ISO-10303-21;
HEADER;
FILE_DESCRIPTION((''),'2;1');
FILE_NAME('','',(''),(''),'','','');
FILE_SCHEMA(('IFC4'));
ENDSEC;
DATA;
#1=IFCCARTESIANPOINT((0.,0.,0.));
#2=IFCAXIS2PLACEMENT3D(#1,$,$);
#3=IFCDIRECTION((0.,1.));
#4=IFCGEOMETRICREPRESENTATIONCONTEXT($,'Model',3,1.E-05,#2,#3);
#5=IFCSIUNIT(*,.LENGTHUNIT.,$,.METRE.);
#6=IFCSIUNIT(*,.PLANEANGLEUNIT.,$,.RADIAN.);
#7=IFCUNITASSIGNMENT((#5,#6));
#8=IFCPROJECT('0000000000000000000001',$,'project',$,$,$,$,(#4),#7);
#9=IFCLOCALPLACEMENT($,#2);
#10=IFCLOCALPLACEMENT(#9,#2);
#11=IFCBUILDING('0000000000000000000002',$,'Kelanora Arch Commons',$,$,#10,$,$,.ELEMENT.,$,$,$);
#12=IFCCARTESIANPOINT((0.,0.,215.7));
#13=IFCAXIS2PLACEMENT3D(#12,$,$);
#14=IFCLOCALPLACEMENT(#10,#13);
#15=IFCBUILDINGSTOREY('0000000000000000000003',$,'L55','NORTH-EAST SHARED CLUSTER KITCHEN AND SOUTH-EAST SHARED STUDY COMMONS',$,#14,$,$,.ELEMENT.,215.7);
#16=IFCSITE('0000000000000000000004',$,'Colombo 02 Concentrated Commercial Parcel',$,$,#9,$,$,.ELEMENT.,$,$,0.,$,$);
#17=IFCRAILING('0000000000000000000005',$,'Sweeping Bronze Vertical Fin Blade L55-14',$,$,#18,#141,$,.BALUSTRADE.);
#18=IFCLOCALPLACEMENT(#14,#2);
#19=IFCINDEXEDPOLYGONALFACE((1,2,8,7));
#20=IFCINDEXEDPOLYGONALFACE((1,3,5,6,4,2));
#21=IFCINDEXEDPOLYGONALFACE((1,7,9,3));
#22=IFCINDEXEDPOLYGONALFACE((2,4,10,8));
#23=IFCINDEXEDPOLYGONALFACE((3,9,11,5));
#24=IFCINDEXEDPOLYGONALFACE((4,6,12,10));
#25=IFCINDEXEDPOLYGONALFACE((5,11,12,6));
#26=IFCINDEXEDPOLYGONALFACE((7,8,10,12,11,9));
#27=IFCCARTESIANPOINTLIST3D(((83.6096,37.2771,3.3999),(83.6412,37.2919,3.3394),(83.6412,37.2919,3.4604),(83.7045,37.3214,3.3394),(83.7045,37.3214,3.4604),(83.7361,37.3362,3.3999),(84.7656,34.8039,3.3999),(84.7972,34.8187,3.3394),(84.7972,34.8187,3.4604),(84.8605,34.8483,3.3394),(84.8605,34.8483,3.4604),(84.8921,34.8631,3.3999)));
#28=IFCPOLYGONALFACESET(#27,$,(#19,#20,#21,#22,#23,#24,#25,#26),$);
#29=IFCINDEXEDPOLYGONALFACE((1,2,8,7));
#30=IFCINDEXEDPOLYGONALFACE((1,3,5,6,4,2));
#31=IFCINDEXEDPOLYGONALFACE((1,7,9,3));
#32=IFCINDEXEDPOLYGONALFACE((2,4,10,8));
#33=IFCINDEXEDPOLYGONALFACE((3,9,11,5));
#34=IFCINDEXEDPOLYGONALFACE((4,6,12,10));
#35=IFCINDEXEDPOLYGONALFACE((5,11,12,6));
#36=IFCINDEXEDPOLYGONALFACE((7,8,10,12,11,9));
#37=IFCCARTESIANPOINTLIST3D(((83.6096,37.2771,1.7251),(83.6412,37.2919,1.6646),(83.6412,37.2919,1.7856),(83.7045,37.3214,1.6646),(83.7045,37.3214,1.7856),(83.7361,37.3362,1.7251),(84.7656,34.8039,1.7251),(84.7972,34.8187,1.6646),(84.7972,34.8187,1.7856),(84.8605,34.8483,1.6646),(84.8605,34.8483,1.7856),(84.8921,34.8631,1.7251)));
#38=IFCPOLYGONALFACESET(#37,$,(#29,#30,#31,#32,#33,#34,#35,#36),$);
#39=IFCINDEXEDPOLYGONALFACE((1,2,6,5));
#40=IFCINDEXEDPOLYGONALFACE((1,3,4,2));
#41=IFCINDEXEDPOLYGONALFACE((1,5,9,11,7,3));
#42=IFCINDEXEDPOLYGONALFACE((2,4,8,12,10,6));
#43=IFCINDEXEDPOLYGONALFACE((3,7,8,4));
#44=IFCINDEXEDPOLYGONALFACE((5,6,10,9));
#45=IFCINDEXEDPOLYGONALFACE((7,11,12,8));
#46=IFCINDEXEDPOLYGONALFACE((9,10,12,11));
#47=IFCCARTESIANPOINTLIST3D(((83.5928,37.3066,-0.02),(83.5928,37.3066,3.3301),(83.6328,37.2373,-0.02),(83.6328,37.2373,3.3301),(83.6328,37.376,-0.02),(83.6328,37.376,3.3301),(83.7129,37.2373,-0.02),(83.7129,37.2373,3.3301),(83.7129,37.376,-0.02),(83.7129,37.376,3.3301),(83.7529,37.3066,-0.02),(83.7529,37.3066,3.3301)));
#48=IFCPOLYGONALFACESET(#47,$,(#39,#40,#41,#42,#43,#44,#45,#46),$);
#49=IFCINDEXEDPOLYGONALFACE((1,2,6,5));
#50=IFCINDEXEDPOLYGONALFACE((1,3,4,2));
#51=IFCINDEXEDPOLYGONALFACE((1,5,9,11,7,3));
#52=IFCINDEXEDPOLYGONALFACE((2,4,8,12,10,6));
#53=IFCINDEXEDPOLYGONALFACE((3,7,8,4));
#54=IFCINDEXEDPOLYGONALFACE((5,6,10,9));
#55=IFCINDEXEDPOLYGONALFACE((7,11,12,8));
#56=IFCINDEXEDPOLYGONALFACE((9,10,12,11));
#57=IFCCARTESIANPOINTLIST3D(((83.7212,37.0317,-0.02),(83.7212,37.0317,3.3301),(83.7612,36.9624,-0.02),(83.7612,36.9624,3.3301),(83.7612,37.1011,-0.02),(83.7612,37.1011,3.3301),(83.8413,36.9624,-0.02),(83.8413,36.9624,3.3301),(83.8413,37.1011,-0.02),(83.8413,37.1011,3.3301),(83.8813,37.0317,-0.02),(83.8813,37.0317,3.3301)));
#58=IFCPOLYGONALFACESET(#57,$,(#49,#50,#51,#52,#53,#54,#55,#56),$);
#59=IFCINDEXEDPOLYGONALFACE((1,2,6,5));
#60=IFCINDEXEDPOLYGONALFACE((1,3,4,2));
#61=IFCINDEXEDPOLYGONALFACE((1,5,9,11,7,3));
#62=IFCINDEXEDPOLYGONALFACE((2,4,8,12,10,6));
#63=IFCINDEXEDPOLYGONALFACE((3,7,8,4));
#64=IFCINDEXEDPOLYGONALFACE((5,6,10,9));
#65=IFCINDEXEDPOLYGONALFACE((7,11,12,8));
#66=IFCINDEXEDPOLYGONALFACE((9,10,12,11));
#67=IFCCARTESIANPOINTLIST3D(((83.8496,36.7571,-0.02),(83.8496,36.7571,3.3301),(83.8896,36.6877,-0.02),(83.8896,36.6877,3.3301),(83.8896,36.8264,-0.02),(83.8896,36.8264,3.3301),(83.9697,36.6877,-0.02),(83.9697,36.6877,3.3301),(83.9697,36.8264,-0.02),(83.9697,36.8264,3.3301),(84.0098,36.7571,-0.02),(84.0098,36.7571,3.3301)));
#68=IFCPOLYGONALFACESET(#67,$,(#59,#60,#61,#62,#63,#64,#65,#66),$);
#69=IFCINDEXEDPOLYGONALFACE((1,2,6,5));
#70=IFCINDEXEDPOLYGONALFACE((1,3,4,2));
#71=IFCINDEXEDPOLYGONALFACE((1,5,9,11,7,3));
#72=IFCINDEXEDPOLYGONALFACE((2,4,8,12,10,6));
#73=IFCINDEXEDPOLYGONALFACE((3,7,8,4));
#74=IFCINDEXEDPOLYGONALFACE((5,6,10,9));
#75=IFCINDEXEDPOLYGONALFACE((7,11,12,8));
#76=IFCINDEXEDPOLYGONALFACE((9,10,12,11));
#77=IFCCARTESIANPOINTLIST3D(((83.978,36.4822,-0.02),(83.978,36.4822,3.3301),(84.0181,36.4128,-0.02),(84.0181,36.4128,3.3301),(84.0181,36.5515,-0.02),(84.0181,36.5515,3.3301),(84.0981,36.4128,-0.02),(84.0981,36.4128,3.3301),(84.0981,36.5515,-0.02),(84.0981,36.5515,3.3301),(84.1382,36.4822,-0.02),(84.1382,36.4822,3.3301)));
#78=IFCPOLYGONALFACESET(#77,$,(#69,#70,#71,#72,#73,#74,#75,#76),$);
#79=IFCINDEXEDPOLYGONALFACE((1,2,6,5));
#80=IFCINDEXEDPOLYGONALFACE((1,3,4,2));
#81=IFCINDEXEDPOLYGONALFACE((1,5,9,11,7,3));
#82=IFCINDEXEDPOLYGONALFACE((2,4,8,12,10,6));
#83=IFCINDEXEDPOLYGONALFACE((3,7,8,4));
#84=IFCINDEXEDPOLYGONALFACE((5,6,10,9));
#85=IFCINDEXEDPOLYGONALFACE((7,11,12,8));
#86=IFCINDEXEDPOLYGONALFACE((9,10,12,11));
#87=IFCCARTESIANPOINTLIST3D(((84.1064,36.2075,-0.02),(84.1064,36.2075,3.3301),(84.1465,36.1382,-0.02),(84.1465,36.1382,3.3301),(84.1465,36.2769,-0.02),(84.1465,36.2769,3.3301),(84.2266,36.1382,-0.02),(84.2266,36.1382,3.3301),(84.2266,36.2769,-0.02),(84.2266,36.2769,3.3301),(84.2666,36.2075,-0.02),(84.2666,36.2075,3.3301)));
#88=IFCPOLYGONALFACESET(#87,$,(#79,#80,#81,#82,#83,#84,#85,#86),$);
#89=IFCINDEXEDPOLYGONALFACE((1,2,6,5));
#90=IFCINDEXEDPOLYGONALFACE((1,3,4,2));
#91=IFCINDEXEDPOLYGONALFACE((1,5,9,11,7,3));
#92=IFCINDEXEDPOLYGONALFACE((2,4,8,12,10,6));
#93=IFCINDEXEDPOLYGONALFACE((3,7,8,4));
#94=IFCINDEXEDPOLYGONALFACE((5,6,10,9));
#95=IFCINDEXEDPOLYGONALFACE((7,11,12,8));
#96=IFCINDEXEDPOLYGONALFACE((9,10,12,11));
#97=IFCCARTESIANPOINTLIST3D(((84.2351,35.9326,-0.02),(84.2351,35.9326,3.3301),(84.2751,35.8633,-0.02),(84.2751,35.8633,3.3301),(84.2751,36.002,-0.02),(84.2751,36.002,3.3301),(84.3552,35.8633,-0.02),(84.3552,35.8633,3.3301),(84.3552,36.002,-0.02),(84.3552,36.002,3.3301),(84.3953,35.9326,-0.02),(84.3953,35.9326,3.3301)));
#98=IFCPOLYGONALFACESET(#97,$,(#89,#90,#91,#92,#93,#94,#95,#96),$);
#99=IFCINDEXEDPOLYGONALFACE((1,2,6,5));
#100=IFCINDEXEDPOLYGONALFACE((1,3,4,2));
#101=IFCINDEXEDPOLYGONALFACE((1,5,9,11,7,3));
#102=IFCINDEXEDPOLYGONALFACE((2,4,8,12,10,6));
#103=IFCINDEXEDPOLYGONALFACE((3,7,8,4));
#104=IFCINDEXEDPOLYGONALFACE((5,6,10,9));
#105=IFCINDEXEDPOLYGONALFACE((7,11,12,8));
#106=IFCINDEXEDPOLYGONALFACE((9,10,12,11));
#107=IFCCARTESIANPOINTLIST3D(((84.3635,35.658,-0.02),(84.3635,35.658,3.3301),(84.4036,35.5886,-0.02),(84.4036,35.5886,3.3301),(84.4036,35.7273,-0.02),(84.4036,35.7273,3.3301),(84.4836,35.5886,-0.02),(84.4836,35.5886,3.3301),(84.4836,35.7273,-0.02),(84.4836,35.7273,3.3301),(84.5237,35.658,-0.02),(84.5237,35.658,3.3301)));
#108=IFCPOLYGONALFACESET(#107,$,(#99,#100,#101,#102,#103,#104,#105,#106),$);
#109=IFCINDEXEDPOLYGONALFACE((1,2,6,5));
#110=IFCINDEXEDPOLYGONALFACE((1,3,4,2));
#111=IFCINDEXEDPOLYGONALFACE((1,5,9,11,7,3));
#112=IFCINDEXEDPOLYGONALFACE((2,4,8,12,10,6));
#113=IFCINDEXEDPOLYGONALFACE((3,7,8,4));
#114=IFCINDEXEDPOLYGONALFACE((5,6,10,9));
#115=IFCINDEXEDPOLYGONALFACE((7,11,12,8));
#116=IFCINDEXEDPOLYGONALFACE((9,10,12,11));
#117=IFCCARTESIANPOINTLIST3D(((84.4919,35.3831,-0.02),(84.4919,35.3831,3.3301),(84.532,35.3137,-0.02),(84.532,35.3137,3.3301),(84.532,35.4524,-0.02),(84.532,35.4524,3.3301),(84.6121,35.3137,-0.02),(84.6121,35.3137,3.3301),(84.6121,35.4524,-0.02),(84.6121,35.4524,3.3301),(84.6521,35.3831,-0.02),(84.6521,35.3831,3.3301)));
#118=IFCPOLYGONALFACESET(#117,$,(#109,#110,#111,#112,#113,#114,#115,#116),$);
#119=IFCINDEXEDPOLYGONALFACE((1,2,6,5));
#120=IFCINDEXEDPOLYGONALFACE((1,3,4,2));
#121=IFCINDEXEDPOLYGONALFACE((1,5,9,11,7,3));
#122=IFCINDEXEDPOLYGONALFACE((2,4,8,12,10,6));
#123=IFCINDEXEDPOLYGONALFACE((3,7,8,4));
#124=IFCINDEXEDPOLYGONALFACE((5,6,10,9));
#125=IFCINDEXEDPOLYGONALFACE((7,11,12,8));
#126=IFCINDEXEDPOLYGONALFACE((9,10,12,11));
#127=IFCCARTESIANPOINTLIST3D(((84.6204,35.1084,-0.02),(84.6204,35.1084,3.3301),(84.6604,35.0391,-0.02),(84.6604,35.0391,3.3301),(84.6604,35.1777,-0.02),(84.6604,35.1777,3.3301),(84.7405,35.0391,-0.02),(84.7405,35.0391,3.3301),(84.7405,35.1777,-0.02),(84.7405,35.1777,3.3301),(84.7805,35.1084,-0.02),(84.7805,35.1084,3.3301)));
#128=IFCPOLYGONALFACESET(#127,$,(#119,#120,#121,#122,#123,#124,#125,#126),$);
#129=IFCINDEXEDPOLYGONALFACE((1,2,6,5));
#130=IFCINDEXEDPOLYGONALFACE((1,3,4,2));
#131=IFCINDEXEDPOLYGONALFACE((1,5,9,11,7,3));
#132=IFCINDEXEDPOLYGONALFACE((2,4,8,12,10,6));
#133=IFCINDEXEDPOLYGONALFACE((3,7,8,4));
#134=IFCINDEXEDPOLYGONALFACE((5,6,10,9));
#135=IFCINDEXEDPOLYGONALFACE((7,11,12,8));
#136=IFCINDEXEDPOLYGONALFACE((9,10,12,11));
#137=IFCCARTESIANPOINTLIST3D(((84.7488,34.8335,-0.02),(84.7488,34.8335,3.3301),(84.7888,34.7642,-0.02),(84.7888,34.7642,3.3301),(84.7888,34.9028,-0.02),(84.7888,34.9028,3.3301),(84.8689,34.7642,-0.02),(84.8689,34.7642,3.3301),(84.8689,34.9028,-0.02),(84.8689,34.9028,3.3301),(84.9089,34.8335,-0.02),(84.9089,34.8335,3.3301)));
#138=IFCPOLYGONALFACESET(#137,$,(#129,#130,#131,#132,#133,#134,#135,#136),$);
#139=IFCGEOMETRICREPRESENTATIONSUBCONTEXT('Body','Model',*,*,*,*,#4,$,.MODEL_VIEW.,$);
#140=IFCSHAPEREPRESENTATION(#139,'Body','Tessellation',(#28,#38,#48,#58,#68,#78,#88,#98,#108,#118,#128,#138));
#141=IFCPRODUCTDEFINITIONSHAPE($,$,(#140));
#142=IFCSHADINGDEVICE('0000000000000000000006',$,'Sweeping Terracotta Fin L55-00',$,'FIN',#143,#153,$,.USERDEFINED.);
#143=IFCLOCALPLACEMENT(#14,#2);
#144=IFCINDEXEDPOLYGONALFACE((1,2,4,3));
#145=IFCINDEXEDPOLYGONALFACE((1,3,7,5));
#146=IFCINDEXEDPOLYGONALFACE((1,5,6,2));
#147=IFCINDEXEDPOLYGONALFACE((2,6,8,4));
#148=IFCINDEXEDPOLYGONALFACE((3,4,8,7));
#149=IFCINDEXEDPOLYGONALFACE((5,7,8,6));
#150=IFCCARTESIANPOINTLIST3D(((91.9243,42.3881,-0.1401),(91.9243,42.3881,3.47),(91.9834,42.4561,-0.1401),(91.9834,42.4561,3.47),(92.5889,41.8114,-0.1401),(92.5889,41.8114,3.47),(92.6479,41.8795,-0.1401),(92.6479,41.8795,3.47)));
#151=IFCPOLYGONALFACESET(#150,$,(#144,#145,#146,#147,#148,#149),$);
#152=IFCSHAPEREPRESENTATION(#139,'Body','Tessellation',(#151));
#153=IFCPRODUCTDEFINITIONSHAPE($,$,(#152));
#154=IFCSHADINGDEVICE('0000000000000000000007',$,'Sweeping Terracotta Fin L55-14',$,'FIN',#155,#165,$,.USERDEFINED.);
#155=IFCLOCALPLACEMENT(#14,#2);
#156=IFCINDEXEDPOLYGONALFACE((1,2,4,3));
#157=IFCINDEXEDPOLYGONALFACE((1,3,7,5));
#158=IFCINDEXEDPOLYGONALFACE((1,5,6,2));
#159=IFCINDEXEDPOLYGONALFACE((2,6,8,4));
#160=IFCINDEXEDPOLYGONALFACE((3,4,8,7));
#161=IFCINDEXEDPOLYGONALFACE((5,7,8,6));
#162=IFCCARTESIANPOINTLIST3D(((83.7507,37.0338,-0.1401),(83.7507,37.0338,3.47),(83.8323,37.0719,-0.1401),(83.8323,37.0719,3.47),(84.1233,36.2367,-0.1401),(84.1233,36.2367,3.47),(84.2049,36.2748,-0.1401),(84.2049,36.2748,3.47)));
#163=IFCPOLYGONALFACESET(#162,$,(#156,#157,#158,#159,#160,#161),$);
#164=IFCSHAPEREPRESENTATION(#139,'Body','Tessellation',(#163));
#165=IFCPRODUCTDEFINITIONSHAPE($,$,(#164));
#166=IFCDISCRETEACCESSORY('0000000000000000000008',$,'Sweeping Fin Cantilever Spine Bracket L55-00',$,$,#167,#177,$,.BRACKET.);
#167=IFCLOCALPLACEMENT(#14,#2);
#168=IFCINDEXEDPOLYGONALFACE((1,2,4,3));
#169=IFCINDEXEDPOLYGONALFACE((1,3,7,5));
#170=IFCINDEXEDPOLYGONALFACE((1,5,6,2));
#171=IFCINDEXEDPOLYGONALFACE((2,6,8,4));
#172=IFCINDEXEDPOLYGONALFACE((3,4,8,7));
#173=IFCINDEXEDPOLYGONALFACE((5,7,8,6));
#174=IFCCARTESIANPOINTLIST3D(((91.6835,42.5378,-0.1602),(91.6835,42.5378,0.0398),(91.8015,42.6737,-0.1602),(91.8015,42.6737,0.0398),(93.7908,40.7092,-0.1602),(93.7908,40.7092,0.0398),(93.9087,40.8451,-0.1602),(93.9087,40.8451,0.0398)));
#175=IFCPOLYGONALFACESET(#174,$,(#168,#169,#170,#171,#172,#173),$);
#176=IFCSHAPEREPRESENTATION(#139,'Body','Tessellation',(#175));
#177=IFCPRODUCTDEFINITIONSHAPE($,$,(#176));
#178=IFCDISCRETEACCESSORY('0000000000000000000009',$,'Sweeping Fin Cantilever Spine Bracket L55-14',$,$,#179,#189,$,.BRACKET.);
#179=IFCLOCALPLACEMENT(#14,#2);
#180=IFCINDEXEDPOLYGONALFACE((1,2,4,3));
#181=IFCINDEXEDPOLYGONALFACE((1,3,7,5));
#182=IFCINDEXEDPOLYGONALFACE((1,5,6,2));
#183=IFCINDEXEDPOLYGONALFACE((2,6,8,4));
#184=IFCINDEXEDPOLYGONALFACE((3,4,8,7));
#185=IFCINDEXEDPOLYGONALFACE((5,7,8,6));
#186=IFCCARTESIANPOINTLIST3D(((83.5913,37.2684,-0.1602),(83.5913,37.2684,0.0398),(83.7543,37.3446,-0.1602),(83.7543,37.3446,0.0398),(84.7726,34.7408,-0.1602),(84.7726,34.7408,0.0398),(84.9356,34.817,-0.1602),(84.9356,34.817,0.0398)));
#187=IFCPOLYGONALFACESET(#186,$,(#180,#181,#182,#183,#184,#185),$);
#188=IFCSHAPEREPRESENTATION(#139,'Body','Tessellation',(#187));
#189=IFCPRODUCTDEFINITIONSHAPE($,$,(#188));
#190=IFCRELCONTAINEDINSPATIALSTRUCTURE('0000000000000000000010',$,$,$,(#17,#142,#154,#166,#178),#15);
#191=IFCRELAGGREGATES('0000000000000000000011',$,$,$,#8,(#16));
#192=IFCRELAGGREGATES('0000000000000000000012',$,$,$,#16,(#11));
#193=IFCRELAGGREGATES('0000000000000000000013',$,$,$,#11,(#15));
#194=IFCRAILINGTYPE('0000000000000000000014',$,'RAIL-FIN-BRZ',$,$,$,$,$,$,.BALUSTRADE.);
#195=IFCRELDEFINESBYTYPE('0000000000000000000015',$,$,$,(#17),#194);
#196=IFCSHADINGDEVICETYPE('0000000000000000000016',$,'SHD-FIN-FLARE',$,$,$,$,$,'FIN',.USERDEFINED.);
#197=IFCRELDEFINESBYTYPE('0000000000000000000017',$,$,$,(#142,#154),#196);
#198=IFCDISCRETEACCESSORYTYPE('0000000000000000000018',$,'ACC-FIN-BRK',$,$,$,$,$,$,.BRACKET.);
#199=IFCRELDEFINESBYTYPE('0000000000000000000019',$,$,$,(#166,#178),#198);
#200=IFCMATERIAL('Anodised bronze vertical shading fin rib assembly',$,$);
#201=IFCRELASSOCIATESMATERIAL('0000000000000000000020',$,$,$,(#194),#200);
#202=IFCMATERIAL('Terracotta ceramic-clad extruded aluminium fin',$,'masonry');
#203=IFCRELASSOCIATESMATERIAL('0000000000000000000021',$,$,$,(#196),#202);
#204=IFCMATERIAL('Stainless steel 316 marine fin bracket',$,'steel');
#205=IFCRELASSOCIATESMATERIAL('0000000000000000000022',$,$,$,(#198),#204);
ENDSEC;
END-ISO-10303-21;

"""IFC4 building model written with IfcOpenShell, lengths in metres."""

from ifc_helpers import new_model, si_unit, direction, frame, origin, origin_2d, place, context, subcontext, project, spatial, polyline, rectangle, outline, extrude, source, transform, mapped, material, type_object, element, save


model = new_model("IFC4")

# Units and contexts
model_context = context("Model", 3, precision=1e-05, world=origin(), true_north=direction((0.0, 1.0)))
body_context = subcontext(model_context, "Body", "Model", "MODEL_VIEW")
ifc_project = project(units=[si_unit("LENGTHUNIT", "METRE"), si_unit("PLANEANGLEUNIT", "RADIAN")], contexts=[model_context])

# Site, building, storey
site_placement = place(None, origin())
site = spatial("IfcSite", under=ifc_project, at=site_placement, Name="Colombo 02 Concentrated Commercial Parcel", CompositionType="ELEMENT", RefElevation=0.0)
building_placement = place(site_placement, origin())
building = spatial("IfcBuilding", under=site, at=building_placement, Name="Kelanora Arch Commons", CompositionType="ELEMENT")
storey_placement = place(building_placement, frame((0.0, 0.0, 215.7)))
storey = spatial("IfcBuildingStorey", under=building, at=storey_placement, Name="L55", Description="NORTH-EAST SHARED CLUSTER KITCHEN AND SOUTH-EAST SHARED STUDY COMMONS", CompositionType="ELEMENT", Elevation=215.7)

# Railing
ifc_material_1 = material(Name="Anodised bronze vertical shading fin rib assembly")
railing_type = type_object("IfcRailingType", Name="RAIL-FIN-BRZ", PredefinedType="BALUSTRADE", material=ifc_material_1)
railing_1_placement = place(storey_placement, frame((83.6729, 37.3066, -0.02)))
element("IfcRailing", 1, at=railing_1_placement, inside=storey, type_object=railing_type, Name="Sweeping Bronze Vertical Fin Blade L55-14", PredefinedType="BALUSTRADE", context=body_context, shape_type="SweptSolid", body=[
    extrude(outline(polyline([(0.0698, 0.0), (0.0349, 0.0605), (-0.0349, 0.0605), (-0.0698, 0.0), (-0.0349, -0.0605), (0.0349, -0.0605), (0.0698, 0.0)])), frame((0.0, 0.0, 3.4199), z_axis=(0.423448, -0.90592, 0.0), x_axis=(0.90592, 0.423448, 0.0)), (0.0, 0.0, 1.0), 2.73),
    extrude(outline(polyline([(0.0698, 0.0), (0.0349, 0.0605), (-0.0349, 0.0605), (-0.0698, 0.0), (-0.0349, -0.0605), (0.0349, -0.0605), (0.0698, 0.0)])), frame((0.0, 0.0, 1.7451), z_axis=(0.423448, -0.90592, 0.0), x_axis=(0.90592, 0.423448, 0.0)), (0.0, 0.0, 1.0), 2.73),
    extrude(outline(polyline([(0.0801, 0.0), (0.04, 0.0693), (-0.04, 0.0693), (-0.0801, 0.0), (-0.04, -0.0693), (0.04, -0.0693), (0.0801, 0.0)])), origin(), (0.0, 0.0, 1.0), 3.3501),
    extrude(outline(polyline([(0.0801, 0.0), (0.04, 0.0693), (-0.04, 0.0693), (-0.0801, 0.0), (-0.04, -0.0693), (0.04, -0.0693), (0.0801, 0.0)])), frame((0.1284, -0.2749, 0.0)), (0.0, 0.0, 1.0), 3.3501),
    extrude(outline(polyline([(0.0801, 0.0), (0.04, 0.0693), (-0.04, 0.0693), (-0.0801, 0.0), (-0.04, -0.0693), (0.04, -0.0693), (0.0801, 0.0)])), frame((0.2568, -0.5496, 0.0)), (0.0, 0.0, 1.0), 3.3501),
    extrude(outline(polyline([(0.0801, 0.0), (0.04, 0.0693), (-0.04, 0.0693), (-0.0801, 0.0), (-0.04, -0.0693), (0.04, -0.0693), (0.0801, 0.0)])), frame((0.3853, -0.8245, 0.0)), (0.0, 0.0, 1.0), 3.3501),
    extrude(outline(polyline([(0.0801, 0.0), (0.04, 0.0693), (-0.04, 0.0693), (-0.0801, 0.0), (-0.04, -0.0693), (0.04, -0.0693), (0.0801, 0.0)])), frame((0.5137, -1.0991, 0.0)), (0.0, 0.0, 1.0), 3.3501),
    extrude(outline(polyline([(0.0801, 0.0), (0.04, 0.0693), (-0.04, 0.0693), (-0.0801, 0.0), (-0.04, -0.0693), (0.04, -0.0693), (0.0801, 0.0)])), frame((0.6423, -1.374, 0.0)), (0.0, 0.0, 1.0), 3.3501),
    extrude(outline(polyline([(0.0801, 0.0), (0.04, 0.0693), (-0.04, 0.0693), (-0.0801, 0.0), (-0.04, -0.0693), (0.04, -0.0693), (0.0801, 0.0)])), frame((0.7708, -1.6487, 0.0)), (0.0, 0.0, 1.0), 3.3501),
    extrude(outline(polyline([(0.0801, 0.0), (0.04, 0.0693), (-0.04, 0.0693), (-0.0801, 0.0), (-0.04, -0.0693), (0.04, -0.0693), (0.0801, 0.0)])), frame((0.8992, -1.9236, 0.0)), (0.0, 0.0, 1.0), 3.3501),
    extrude(outline(polyline([(0.0801, 0.0), (0.04, 0.0693), (-0.04, 0.0693), (-0.0801, 0.0), (-0.04, -0.0693), (0.04, -0.0693), (0.0801, 0.0)])), frame((1.0276, -2.1982, 0.0)), (0.0, 0.0, 1.0), 3.3501),
    extrude(outline(polyline([(0.0801, 0.0), (0.04, 0.0693), (-0.04, 0.0693), (-0.0801, 0.0), (-0.04, -0.0693), (0.04, -0.0693), (0.0801, 0.0)])), frame((1.156, -2.4731, 0.0)), (0.0, 0.0, 1.0), 3.3501),
])

# Shading devices
ifc_material_2 = material(Name="Terracotta ceramic-clad extruded aluminium fin", Category="masonry")
shading_device_type = type_object("IfcShadingDeviceType", Name="SHD-FIN-FLARE", ElementType="FIN", PredefinedType="USERDEFINED", material=ifc_material_2)
shared_shape_1 = source(origin(), body_context, "Body", "SweptSolid", [
    extrude(rectangle(XDim=0.8799, YDim=0.0901, at=origin_2d()), origin(), (0.0, 0.0, 1.0), 3.6101),
])
for number, where, z_axis, x_axis, name in (
    (2, (92.2861, 42.1338, -0.1401), (0.0, 0.0, 1.0), (0.755282, -0.6554, 0.0), "Sweeping Terracotta Fin L55-00"),
    (3, (83.9778, 36.6543, -0.1401), (0.0, 0.0, 1.0), (0.423409, -0.905939, 0.0), "Sweeping Terracotta Fin L55-14"),
):
    element("IfcShadingDevice", number, at=place(storey_placement, frame(where, z_axis=z_axis, x_axis=x_axis)), inside=storey, type_object=shading_device_type, Name=name, ObjectType="FIN", PredefinedType="USERDEFINED", context=body_context, shape_type="MappedRepresentation", body=[
        mapped(shared_shape_1, transform((0.0, 0.0, 0.0), scale=1.0)),
    ])

# Discrete accessories
ifc_material_3 = material(Name="Stainless steel 316 marine fin bracket", Category="steel")
discrete_accessory_type = type_object("IfcDiscreteAccessoryType", Name="ACC-FIN-BRK", PredefinedType="BRACKET", material=ifc_material_3)
shared_shape_2 = source(origin(), body_context, "Body", "SweptSolid", [
    extrude(rectangle(XDim=2.79, YDim=0.1799, at=origin_2d()), origin(), (0.0, 0.0, 1.0), 0.2),
])
for number, where, z_axis, x_axis, name in (
    (4, (92.7961, 41.6914, -0.1602), (0.0, 0.0, 1.0), (0.755282, -0.6554, 0.0), "Sweeping Fin Cantilever Spine Bracket L55-00"),
    (5, (84.2634, 36.0427, -0.1602), (0.0, 0.0, 1.0), (0.423409, -0.905939, 0.0), "Sweeping Fin Cantilever Spine Bracket L55-14"),
):
    element("IfcDiscreteAccessory", number, at=place(storey_placement, frame(where, z_axis=z_axis, x_axis=x_axis)), inside=storey, type_object=discrete_accessory_type, Name=name, PredefinedType="BRACKET", context=body_context, shape_type="MappedRepresentation", body=[
        mapped(shared_shape_2, transform((0.0, 0.0, 0.0), scale=1.0)),
    ])

save(model, "model.ifc")
